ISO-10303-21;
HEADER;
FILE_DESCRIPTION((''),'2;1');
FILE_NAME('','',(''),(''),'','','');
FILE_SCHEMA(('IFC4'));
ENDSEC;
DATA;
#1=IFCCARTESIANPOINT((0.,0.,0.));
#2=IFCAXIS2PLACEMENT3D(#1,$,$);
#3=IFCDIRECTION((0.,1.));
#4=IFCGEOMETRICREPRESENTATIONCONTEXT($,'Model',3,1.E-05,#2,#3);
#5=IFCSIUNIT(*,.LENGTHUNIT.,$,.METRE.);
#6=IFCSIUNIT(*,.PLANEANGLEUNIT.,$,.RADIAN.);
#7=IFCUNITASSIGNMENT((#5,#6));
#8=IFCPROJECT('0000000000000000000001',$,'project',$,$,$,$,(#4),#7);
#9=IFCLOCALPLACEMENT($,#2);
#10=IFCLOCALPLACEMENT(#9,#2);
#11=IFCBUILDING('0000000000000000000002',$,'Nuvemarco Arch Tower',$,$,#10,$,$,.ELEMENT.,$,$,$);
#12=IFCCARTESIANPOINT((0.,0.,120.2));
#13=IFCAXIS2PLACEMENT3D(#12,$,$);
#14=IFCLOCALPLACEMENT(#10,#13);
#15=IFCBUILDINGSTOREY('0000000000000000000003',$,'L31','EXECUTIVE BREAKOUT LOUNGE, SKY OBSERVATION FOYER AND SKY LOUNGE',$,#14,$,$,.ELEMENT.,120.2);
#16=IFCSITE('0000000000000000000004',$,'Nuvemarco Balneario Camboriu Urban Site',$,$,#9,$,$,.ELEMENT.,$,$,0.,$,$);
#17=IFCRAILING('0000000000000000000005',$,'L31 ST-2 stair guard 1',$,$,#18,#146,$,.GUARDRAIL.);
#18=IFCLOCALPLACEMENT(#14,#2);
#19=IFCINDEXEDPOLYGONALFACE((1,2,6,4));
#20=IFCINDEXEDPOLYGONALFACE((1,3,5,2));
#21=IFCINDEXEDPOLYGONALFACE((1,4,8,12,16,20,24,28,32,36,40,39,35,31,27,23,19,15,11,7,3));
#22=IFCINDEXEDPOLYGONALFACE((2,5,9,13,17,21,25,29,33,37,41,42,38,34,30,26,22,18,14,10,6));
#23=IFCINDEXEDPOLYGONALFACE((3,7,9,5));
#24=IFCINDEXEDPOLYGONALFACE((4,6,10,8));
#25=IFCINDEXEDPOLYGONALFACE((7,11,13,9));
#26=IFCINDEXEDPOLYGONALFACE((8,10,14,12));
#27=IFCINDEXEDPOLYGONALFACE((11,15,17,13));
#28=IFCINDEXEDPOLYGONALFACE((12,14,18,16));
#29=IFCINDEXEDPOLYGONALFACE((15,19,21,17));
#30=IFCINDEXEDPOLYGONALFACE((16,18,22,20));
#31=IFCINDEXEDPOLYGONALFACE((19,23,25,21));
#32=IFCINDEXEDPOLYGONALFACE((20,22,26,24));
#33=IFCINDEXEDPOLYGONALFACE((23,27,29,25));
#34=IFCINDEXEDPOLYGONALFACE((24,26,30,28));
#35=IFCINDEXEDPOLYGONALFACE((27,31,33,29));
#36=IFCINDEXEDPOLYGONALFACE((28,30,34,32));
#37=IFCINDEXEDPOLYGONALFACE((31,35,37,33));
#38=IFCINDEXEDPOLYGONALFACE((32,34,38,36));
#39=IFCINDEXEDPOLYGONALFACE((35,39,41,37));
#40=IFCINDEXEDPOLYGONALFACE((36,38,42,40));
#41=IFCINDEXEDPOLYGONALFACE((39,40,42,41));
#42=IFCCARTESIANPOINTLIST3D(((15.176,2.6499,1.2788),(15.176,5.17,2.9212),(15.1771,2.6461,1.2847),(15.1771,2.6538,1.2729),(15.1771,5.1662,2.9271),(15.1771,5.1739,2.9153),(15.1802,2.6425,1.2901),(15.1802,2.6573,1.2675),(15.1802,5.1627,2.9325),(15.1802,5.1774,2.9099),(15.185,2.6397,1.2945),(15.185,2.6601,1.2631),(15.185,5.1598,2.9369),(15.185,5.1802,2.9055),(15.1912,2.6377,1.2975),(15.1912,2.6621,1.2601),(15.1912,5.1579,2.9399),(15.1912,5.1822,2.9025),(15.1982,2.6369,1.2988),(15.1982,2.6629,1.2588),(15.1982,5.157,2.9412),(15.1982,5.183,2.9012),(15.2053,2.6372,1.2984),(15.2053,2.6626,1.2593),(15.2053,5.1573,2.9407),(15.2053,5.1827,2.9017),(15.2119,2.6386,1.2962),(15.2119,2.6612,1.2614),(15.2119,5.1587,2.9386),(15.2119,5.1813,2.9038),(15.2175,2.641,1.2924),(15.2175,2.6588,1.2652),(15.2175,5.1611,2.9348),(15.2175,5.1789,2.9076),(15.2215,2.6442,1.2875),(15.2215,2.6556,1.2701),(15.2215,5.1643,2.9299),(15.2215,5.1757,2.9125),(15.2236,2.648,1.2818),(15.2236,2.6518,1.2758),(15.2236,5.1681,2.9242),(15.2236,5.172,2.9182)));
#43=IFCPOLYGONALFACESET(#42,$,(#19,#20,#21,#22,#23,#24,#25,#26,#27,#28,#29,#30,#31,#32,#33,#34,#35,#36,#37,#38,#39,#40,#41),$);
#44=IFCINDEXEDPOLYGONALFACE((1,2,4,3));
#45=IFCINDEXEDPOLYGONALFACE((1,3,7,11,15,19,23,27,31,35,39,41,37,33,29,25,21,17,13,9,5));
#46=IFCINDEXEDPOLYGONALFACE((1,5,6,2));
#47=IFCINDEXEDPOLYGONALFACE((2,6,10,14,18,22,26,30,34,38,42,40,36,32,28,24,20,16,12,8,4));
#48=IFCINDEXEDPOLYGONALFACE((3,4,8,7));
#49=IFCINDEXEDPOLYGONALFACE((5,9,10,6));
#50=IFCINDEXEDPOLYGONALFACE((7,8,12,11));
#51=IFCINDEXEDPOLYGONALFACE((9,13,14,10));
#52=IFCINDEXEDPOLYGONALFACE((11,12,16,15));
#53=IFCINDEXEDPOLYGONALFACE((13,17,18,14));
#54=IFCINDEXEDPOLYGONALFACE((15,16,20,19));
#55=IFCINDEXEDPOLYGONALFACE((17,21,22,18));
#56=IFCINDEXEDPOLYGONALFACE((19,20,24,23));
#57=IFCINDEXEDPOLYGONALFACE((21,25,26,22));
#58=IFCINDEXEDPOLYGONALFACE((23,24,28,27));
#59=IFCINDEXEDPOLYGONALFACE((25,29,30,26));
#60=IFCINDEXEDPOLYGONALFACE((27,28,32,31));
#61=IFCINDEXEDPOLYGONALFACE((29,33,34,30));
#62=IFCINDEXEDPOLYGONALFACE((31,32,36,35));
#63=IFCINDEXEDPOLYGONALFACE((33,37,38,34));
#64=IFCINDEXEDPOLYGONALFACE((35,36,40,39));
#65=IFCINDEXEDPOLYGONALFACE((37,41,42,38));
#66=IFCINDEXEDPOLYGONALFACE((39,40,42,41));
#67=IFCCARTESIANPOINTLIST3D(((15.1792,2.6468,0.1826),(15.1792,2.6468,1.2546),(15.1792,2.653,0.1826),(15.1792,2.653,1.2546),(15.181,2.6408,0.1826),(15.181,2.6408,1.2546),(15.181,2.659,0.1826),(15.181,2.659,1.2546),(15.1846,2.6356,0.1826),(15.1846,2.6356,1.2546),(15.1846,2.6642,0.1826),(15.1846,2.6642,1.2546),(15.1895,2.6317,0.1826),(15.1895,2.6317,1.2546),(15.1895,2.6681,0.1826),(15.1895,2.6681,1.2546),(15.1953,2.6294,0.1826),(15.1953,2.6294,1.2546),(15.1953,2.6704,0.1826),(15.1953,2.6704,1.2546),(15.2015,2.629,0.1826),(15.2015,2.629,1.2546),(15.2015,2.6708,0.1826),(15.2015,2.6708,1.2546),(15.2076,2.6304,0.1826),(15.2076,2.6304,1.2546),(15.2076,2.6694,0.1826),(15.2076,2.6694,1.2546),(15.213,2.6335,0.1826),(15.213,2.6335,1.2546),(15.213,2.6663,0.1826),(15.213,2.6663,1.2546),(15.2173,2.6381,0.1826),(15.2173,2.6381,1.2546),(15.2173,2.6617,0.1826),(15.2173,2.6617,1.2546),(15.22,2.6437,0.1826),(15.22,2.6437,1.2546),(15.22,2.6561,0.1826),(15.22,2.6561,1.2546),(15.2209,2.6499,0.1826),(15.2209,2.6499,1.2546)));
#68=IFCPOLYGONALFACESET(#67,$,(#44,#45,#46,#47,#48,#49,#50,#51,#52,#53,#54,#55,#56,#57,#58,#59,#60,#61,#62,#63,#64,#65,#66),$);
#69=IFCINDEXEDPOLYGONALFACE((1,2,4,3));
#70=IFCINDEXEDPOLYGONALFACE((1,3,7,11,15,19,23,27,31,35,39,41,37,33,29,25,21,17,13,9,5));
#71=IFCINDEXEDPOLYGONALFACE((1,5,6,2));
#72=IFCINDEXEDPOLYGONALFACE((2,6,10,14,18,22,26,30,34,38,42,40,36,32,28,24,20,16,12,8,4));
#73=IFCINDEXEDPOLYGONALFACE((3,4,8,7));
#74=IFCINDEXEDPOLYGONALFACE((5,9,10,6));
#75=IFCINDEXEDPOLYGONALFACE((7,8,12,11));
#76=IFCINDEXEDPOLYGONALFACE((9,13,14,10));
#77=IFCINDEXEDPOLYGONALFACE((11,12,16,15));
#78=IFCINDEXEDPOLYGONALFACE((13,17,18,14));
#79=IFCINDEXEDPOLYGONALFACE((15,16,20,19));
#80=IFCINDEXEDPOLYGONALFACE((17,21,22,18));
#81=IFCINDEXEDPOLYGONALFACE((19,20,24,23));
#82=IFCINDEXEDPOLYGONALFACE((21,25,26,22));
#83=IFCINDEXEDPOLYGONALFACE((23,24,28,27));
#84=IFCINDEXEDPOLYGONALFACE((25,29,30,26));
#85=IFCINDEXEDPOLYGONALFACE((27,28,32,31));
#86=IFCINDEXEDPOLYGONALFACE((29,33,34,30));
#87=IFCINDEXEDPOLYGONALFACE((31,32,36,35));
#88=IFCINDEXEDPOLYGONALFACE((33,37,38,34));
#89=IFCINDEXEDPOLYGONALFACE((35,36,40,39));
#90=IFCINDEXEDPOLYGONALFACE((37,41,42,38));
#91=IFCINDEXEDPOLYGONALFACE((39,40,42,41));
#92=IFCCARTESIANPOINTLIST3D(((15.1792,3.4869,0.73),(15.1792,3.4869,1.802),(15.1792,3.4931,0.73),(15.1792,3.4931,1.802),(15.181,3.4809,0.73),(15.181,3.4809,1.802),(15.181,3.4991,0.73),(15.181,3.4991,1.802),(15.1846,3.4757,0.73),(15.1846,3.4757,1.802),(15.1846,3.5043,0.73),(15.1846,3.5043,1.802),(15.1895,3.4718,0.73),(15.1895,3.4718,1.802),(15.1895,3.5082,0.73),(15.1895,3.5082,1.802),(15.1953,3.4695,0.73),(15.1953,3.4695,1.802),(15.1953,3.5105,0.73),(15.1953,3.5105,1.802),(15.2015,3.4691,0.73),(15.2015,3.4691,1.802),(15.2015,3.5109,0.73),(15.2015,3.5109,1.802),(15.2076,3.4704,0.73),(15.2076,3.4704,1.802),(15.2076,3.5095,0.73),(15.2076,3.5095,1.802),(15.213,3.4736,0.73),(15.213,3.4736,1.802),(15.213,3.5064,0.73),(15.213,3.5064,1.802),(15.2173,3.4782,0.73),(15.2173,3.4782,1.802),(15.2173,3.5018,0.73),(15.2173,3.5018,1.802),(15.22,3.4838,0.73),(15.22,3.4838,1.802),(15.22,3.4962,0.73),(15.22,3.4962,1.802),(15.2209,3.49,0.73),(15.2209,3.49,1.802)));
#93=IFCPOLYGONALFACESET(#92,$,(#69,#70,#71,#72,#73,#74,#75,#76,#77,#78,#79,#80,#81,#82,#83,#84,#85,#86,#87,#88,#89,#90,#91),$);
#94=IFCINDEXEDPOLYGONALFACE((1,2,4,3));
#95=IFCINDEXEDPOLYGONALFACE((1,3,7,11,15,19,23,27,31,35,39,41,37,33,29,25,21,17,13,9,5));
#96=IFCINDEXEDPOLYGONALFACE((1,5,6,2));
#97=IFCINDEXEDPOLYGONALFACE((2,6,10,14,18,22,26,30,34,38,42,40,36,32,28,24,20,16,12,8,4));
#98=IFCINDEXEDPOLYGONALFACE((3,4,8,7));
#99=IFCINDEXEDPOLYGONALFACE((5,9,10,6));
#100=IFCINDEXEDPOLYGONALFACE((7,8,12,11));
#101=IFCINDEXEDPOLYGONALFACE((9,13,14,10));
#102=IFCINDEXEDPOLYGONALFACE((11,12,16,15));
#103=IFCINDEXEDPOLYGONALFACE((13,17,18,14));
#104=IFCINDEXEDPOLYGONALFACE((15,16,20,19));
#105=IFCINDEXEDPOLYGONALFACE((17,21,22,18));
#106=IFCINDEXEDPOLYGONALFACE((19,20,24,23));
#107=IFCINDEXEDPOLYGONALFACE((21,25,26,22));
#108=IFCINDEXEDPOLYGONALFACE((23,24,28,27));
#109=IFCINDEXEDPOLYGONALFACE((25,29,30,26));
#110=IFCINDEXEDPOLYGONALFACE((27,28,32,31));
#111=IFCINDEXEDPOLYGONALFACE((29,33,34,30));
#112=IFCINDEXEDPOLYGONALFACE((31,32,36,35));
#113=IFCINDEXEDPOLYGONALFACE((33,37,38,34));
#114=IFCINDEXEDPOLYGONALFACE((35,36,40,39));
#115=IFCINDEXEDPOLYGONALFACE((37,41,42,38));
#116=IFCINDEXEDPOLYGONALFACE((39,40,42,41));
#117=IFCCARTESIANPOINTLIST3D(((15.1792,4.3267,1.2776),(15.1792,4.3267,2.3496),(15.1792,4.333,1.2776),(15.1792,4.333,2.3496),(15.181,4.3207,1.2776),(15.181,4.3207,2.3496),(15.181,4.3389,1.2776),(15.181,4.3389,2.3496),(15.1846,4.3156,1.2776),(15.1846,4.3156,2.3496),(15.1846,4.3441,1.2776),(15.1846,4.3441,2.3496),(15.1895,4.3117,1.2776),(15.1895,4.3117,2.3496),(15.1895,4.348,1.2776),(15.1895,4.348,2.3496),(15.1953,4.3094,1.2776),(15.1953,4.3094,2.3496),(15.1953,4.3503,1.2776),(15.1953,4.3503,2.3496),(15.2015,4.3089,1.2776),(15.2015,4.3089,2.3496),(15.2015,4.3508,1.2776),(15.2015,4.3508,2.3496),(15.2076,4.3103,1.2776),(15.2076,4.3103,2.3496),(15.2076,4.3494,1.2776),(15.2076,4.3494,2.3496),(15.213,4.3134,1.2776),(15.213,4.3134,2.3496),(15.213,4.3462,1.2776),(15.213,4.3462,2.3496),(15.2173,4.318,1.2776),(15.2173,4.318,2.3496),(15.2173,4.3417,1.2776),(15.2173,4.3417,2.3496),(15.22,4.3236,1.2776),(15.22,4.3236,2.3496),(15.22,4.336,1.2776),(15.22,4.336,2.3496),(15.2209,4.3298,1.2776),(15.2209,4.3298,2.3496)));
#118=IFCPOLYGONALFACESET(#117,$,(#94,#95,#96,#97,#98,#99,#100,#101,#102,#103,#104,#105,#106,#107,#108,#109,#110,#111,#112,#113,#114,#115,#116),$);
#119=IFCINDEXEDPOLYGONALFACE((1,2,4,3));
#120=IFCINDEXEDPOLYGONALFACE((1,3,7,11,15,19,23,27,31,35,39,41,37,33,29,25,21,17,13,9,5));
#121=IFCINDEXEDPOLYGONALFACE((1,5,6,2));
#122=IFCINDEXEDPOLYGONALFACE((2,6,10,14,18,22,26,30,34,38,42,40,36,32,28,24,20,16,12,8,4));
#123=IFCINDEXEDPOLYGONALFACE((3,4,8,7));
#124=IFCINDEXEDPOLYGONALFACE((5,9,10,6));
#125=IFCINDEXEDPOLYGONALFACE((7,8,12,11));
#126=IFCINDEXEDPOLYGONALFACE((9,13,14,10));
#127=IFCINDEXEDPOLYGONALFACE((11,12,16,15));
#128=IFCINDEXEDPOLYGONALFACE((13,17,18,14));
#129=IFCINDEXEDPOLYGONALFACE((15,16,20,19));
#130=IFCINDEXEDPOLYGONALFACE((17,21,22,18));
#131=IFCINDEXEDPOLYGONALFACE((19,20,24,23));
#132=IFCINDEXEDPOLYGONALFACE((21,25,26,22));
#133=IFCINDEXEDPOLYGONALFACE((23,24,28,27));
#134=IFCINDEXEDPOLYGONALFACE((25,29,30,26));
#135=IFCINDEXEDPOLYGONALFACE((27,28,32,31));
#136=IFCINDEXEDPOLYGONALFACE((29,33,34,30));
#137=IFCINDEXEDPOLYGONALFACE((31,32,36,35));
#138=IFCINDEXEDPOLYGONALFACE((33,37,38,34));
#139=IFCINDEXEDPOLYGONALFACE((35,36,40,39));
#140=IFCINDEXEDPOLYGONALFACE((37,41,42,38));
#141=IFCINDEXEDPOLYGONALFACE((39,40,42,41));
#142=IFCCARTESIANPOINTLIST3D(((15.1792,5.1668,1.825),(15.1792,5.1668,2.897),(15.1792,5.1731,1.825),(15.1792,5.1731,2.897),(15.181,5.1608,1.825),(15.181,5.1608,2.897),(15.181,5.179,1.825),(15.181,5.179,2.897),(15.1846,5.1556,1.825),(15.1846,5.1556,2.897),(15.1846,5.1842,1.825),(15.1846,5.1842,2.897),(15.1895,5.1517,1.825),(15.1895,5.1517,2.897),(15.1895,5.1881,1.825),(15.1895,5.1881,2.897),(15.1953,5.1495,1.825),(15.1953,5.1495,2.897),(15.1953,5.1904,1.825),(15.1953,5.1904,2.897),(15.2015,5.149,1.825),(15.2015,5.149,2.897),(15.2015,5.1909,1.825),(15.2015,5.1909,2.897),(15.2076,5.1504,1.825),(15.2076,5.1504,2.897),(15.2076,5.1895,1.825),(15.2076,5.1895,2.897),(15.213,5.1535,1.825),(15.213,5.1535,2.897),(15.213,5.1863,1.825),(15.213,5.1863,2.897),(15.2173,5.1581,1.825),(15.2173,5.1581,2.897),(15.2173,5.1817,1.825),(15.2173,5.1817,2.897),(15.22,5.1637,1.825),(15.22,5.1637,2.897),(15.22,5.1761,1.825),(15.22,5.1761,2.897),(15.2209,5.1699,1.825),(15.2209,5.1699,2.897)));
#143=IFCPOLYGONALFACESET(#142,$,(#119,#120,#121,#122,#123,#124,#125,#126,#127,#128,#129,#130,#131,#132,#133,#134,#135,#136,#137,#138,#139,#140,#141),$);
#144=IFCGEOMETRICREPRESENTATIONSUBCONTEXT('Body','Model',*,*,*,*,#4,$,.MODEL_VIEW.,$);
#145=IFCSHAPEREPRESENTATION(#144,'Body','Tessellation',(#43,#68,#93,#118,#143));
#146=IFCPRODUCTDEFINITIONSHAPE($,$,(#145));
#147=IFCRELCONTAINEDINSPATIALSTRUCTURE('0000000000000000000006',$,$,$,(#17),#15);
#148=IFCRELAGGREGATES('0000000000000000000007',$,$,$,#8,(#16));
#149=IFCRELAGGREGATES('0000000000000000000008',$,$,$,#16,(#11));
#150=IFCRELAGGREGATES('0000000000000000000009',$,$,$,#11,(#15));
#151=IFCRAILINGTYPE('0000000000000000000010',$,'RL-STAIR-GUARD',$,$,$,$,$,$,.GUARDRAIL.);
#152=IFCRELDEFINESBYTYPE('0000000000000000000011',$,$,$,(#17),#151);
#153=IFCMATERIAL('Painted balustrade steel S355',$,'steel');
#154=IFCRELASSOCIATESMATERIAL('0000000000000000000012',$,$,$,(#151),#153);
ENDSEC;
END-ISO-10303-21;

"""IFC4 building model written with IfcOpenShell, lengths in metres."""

from ifc_helpers import new_model, si_unit, direction, frame, origin, origin_2d, place, context, subcontext, project, spatial, circle, extrude, material, type_object, element, save


model = new_model("IFC4")

# Units and contexts
model_context = context("Model", 3, precision=1e-05, world=origin(), true_north=direction((0.0, 1.0)))
body_context = subcontext(model_context, "Body", "Model", "MODEL_VIEW")
ifc_project = project(units=[si_unit("LENGTHUNIT", "METRE"), si_unit("PLANEANGLEUNIT", "RADIAN")], contexts=[model_context])

# Site, building, storey
site_placement = place(None, origin())
site = spatial("IfcSite", under=ifc_project, at=site_placement, Name="Nuvemarco Balneario Camboriu Urban Site", CompositionType="ELEMENT", RefElevation=0.0)
building_placement = place(site_placement, origin())
building = spatial("IfcBuilding", under=site, at=building_placement, Name="Nuvemarco Arch Tower", CompositionType="ELEMENT")
storey_placement = place(building_placement, frame((0.0, 0.0, 120.2)))
storey = spatial("IfcBuildingStorey", under=building, at=storey_placement, Name="L31", Description="EXECUTIVE BREAKOUT LOUNGE, SKY OBSERVATION FOYER AND SKY LOUNGE", CompositionType="ELEMENT", Elevation=120.2)

# Railing
ifc_material_1 = material(Name="Painted balustrade steel S355", Category="steel")
railing_type_1 = type_object("IfcRailingType", Name="RL-STAIR-GUARD", PredefinedType="GUARDRAIL", material=ifc_material_1)
railing_1_placement = place(storey_placement, frame((15.2, 2.6499, 0.1826)))
element("IfcRailing", 1, at=railing_1_placement, inside=storey, type_object=railing_type_1, Name="L31 ST-2 stair guard 1", PredefinedType="GUARDRAIL", context=body_context, shape_type="SweptSolid", body=[
    extrude(circle(Radius=0.0239, at=origin_2d()), frame((0.0, 0.0, 1.0962), z_axis=(0.0, 0.837787, 0.545998), x_axis=(-1.0, 0.0, 0.0)), (0.0, 0.0, 1.0), 3.0081),
    extrude(circle(Radius=0.021, at=origin_2d()), origin(), (0.0, 0.0, 1.0), 1.072),
    extrude(circle(Radius=0.021, at=origin_2d()), frame((0.0, 0.8401, 0.5474)), (0.0, 0.0, 1.0), 1.072),
    extrude(circle(Radius=0.021, at=origin_2d()), frame((0.0, 1.6799, 1.095)), (0.0, 0.0, 1.0), 1.072),
    extrude(circle(Radius=0.021, at=origin_2d()), frame((0.0, 2.52, 1.6423)), (0.0, 0.0, 1.0), 1.072),
])

save(model, "model.ifc")
